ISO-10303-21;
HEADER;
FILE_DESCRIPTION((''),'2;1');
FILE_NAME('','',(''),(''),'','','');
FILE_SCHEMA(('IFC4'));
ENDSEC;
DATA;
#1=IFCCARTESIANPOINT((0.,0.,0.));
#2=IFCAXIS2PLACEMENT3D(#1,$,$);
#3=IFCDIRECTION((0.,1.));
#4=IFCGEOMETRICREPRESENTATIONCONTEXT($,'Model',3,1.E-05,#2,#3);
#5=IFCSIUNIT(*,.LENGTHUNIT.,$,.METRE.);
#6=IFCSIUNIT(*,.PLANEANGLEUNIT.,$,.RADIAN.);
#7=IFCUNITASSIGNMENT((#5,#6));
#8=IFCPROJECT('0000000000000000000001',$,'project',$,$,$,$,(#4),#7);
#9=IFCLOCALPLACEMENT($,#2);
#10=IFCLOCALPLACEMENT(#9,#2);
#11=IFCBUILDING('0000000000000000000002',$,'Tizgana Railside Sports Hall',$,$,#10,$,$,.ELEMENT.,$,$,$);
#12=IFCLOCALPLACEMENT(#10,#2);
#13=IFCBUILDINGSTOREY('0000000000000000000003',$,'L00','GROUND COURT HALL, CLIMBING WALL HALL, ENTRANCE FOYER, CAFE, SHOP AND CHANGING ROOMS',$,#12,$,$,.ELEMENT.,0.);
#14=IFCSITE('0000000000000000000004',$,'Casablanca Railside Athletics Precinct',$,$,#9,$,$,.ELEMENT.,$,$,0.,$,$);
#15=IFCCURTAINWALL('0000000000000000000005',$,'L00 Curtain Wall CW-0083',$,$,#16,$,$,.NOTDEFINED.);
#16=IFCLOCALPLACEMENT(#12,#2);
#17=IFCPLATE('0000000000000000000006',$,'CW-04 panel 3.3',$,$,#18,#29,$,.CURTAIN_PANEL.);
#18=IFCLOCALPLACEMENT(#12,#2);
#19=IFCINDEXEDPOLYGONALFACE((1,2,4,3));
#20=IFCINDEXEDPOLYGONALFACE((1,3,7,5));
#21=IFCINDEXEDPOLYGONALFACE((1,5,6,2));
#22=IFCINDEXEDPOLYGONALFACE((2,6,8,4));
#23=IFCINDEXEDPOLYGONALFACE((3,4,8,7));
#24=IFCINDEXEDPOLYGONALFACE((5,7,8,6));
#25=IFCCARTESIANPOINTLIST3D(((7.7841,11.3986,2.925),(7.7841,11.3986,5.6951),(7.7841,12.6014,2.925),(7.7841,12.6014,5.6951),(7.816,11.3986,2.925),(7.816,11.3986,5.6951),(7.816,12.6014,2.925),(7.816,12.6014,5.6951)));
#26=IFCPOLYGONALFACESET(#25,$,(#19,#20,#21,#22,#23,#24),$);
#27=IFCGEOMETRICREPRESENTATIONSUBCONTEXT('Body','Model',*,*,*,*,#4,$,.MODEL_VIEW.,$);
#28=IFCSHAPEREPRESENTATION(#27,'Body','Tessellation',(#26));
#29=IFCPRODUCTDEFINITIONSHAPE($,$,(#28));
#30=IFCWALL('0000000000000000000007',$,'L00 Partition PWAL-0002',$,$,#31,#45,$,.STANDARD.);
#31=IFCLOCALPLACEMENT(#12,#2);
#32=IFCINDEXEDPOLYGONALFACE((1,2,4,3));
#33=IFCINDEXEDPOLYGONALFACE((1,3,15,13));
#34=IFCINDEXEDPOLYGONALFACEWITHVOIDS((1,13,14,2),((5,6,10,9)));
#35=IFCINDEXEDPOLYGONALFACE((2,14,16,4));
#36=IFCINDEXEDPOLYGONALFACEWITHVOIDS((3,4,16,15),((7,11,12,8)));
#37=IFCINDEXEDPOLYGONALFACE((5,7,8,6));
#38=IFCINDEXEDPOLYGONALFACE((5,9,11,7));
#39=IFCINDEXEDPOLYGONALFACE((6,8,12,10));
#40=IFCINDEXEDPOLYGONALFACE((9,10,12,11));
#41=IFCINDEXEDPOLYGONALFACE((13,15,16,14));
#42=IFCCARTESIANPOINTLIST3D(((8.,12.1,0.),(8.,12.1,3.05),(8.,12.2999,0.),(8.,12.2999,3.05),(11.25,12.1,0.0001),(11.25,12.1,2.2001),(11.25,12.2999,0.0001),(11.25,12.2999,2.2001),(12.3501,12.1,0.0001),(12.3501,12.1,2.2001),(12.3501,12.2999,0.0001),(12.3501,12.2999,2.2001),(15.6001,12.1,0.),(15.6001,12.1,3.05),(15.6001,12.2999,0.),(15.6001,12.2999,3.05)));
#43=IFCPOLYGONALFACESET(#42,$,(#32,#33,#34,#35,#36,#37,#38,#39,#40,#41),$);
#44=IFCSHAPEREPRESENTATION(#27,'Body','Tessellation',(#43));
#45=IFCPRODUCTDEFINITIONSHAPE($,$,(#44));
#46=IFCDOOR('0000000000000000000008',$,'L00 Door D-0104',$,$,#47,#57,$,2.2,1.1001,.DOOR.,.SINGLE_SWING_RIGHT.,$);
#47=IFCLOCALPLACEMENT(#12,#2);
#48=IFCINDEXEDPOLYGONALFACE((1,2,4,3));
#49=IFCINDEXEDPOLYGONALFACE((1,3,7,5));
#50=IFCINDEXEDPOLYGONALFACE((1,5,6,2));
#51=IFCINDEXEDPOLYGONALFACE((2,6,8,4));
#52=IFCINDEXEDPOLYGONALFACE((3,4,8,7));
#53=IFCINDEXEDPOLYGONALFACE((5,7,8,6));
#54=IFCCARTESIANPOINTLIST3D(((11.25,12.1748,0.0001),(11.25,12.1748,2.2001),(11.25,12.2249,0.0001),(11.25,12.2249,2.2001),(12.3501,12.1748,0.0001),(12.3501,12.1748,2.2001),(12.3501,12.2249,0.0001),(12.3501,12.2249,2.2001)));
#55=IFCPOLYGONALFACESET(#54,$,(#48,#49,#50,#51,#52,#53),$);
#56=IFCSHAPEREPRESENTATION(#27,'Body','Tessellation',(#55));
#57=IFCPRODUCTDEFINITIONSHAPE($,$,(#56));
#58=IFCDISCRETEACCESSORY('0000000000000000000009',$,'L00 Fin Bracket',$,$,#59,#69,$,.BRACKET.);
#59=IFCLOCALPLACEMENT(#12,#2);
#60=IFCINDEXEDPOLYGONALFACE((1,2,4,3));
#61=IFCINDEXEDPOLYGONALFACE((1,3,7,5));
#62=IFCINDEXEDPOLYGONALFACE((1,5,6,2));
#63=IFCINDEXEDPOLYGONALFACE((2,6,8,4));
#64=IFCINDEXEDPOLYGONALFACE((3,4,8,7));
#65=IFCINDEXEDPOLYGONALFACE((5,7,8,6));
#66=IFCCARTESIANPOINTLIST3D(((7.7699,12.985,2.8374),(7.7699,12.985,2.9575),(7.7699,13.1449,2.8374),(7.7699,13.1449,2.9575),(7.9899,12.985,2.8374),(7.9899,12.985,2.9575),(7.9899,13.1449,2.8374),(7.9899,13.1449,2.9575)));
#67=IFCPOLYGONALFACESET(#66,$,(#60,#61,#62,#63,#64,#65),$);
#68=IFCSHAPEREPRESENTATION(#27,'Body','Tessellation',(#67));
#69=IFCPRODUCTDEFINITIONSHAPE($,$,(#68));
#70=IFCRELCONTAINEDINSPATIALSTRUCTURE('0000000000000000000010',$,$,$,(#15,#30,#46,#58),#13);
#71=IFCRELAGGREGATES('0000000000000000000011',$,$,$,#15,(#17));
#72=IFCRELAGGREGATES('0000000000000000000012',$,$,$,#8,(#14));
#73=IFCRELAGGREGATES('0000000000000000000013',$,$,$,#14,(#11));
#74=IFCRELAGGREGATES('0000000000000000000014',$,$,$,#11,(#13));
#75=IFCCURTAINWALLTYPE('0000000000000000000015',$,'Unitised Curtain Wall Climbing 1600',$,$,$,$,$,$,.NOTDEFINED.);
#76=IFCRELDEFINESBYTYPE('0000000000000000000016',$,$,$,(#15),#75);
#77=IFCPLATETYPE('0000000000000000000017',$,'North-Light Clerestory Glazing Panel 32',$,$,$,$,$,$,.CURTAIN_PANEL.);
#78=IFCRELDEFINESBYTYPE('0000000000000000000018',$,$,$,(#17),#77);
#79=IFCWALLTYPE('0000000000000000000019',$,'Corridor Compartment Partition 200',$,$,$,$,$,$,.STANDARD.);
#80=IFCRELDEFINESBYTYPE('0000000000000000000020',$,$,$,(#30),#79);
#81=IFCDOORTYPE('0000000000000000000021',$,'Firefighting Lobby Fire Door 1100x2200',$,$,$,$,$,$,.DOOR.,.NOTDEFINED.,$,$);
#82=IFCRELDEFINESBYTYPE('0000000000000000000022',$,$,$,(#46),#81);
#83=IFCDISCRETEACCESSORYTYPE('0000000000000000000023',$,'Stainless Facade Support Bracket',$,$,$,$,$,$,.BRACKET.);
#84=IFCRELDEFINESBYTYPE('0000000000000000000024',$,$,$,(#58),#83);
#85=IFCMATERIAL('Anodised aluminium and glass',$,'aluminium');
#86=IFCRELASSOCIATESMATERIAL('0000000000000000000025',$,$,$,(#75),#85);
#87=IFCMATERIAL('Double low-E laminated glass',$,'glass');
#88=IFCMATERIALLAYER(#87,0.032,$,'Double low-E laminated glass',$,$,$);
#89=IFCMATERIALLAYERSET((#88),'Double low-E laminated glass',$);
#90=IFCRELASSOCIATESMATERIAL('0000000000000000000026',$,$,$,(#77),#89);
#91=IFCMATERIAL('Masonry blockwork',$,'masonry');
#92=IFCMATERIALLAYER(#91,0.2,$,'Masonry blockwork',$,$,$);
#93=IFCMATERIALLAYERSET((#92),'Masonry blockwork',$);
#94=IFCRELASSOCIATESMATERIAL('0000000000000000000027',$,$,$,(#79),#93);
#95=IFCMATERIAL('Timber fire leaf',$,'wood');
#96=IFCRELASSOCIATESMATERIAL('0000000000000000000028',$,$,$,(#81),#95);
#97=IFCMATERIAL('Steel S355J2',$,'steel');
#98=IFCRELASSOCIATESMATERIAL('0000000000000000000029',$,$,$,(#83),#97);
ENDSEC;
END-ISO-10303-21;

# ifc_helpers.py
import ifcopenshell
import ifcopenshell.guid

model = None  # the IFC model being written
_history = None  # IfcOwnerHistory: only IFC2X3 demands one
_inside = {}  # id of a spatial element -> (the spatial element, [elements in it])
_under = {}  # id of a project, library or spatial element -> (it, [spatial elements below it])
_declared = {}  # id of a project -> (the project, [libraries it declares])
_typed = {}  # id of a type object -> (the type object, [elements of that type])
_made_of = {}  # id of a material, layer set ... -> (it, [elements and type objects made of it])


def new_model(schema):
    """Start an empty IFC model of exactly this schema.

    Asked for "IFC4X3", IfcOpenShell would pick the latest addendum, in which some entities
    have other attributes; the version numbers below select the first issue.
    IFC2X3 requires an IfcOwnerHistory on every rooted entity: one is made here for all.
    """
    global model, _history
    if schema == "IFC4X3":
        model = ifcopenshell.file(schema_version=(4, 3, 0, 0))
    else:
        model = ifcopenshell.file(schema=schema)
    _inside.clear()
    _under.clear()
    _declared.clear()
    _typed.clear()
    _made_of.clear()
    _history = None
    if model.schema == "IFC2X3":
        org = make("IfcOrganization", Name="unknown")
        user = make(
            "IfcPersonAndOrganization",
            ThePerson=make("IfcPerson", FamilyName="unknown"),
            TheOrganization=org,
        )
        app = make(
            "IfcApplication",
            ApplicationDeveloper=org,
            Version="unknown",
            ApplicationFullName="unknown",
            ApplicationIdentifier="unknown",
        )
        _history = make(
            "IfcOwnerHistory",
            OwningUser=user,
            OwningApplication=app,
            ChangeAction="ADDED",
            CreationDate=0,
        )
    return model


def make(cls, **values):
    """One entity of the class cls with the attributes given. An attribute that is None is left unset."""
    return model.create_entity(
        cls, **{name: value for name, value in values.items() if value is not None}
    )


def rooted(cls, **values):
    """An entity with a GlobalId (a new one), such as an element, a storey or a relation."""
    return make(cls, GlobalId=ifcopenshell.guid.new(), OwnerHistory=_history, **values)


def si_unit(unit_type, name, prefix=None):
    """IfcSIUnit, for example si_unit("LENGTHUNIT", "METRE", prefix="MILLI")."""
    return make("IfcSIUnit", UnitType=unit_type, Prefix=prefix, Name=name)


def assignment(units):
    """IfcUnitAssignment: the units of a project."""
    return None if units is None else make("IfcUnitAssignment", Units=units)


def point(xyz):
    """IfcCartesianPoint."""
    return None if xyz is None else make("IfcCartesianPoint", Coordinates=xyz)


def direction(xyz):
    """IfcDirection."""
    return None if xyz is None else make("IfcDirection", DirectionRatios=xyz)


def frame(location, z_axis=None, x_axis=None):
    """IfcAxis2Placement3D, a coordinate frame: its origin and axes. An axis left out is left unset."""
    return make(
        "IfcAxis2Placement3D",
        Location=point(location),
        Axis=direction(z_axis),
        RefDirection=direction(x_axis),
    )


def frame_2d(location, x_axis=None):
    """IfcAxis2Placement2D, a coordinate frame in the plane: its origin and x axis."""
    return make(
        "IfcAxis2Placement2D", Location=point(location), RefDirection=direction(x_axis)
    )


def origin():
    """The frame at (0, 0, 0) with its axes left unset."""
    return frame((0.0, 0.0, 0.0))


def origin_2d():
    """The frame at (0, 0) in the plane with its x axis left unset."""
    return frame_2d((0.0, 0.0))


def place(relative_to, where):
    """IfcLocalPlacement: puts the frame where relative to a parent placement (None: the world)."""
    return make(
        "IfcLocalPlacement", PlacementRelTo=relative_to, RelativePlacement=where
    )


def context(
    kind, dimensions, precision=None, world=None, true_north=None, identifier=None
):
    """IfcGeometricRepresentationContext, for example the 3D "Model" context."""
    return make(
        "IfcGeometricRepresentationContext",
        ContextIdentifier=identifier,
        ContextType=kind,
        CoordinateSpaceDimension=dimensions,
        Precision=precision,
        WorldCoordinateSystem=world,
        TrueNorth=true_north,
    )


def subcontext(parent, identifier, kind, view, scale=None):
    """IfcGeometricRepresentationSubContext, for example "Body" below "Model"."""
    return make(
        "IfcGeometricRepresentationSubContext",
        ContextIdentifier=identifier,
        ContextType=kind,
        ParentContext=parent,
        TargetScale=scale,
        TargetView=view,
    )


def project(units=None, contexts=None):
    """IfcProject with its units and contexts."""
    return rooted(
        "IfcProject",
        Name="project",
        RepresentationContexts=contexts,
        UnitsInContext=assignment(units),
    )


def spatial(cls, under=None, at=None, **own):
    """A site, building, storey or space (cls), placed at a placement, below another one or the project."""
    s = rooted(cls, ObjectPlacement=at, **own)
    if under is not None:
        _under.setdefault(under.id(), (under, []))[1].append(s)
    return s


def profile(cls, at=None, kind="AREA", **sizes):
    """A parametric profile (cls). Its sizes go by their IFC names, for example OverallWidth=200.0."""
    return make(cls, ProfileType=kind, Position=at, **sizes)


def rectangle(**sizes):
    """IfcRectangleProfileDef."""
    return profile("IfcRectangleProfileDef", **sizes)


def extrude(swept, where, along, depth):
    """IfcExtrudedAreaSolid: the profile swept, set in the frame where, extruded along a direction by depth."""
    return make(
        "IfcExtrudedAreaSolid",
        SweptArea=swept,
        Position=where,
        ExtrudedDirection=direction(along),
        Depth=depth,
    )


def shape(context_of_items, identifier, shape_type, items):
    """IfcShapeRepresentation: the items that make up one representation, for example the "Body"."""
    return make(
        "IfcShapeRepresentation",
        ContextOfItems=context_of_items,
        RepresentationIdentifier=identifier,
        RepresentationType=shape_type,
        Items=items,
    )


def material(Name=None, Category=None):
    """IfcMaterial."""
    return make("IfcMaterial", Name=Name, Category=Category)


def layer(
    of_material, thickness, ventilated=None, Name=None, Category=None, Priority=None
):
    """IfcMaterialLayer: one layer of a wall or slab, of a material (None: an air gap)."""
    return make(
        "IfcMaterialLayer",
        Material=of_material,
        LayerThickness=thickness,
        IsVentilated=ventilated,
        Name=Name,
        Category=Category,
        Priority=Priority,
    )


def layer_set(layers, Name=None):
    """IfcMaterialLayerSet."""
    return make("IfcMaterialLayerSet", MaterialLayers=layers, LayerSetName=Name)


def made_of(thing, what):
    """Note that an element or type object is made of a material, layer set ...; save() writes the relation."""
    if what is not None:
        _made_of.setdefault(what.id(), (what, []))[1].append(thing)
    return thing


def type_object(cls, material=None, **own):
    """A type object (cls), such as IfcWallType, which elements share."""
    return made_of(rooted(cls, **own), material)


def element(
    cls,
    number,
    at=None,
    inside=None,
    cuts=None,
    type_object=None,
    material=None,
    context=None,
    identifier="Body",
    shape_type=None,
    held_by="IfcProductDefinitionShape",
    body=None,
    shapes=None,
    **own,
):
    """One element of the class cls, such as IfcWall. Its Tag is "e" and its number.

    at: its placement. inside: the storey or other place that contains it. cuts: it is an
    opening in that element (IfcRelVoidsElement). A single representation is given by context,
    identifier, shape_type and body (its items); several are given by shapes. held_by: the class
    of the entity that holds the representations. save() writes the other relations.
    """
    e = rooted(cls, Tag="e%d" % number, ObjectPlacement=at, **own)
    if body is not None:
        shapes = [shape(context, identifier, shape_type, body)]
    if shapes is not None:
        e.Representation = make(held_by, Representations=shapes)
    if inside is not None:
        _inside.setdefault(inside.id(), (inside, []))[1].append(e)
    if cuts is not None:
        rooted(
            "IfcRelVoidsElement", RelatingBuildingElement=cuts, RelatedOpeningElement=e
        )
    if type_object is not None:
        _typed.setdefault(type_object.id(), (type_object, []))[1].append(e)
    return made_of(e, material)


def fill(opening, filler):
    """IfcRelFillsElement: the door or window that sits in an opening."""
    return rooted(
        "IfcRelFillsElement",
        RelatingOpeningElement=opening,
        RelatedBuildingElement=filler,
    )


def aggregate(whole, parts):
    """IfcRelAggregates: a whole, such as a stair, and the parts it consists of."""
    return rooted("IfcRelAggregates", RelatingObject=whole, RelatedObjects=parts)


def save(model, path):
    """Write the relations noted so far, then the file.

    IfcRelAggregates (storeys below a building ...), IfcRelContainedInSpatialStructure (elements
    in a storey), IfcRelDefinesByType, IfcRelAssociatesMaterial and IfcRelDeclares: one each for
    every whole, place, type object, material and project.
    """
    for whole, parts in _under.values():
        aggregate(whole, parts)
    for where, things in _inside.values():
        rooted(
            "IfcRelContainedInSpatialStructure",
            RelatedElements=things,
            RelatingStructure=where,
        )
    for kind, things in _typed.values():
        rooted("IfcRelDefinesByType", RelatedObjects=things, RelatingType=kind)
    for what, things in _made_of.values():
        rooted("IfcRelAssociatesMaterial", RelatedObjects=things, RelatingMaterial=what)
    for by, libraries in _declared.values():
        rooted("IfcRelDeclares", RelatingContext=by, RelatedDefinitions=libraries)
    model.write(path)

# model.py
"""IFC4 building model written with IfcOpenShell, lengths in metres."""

from ifc_helpers import new_model, si_unit, direction, frame, frame_2d, origin, origin_2d, place, context, subcontext, project, spatial, rectangle, extrude, material, layer, layer_set, type_object, element, fill, aggregate, save


model = new_model("IFC4")

# Units and contexts
model_context = context("Model", 3, precision=1e-05, world=origin(), true_north=direction((0.0, 1.0)))
body_context = subcontext(model_context, "Body", "Model", "MODEL_VIEW")
ifc_project = project(units=[si_unit("LENGTHUNIT", "METRE"), si_unit("PLANEANGLEUNIT", "RADIAN")], contexts=[model_context])

# Site, building, storey
site_placement = place(None, origin())
site = spatial("IfcSite", under=ifc_project, at=site_placement, Name="Casablanca Railside Athletics Precinct", CompositionType="ELEMENT", RefElevation=0.0)
building_placement = place(site_placement, origin())
building = spatial("IfcBuilding", under=site, at=building_placement, Name="Tizgana Railside Sports Hall", CompositionType="ELEMENT")
storey_placement = place(building_placement, origin())
storey = spatial("IfcBuildingStorey", under=building, at=storey_placement, Name="L00", Description="GROUND COURT HALL, CLIMBING WALL HALL, ENTRANCE FOYER, CAFE, SHOP AND CHANGING ROOMS", CompositionType="ELEMENT", Elevation=0.0)

# Curtain wall
ifc_material_1 = material(Name="Anodised aluminium and glass", Category="aluminium")
curtain_wall_type = type_object("IfcCurtainWallType", Name="Unitised Curtain Wall Climbing 1600", PredefinedType="NOTDEFINED", material=ifc_material_1)
curtain_wall_placement = place(storey_placement, origin())
curtain_wall = element("IfcCurtainWall", 1, at=curtain_wall_placement, inside=storey, type_object=curtain_wall_type, Name="L00 Curtain Wall CW-0083", PredefinedType="NOTDEFINED")

# Shared definitions
ifc_material_2 = material(Name="Steel S355J2", Category="steel")

# Plate
ifc_material_3 = material(Name="Double low-E laminated glass", Category="glass")
ifc_layer_1 = layer(ifc_material_3, 0.032, Name="Double low-E laminated glass")
ifc_layer_set_1 = layer_set([ifc_layer_1], Name="Double low-E laminated glass")
plate_type = type_object("IfcPlateType", Name="North-Light Clerestory Glazing Panel 32", PredefinedType="CURTAIN_PANEL", material=ifc_layer_set_1)
plate_1_placement = place(storey_placement, frame((7.8, 12.0, 2.925), z_axis=(0.0, 0.0, 1.0), x_axis=(0.0, -1.0, 0.0)))
plate_1 = element("IfcPlate", 2, at=plate_1_placement, type_object=plate_type, Name="CW-04 panel 3.3", PredefinedType="CURTAIN_PANEL", context=body_context, shape_type="SweptSolid", body=[
    extrude(rectangle(XDim=1.2029, YDim=0.032, at=origin_2d()), origin(), (0.0, 0.0, 1.0), 2.77),
])
aggregate(curtain_wall, [plate_1])

# Wall, opening, door
ifc_material_4 = material(Name="Masonry blockwork", Category="masonry")
ifc_layer_2 = layer(ifc_material_4, 0.2, Name="Masonry blockwork")
ifc_layer_set_2 = layer_set([ifc_layer_2], Name="Masonry blockwork")
wall_type = type_object("IfcWallType", Name="Corridor Compartment Partition 200", PredefinedType="STANDARD", material=ifc_layer_set_2)
wall_placement = place(storey_placement, frame((8.0, 12.2, 0.0), z_axis=(0.0, 0.0, 1.0), x_axis=(1.0, 0.0, 0.0)))
wall = element("IfcWall", 3, at=wall_placement, inside=storey, type_object=wall_type, Name="L00 Partition PWAL-0002", PredefinedType="STANDARD", context=body_context, shape_type="SweptSolid", body=[
    extrude(rectangle(XDim=7.6001, YDim=0.2, at=frame_2d((3.8, 0.0))), origin(), (0.0, 0.0, 1.0), 3.05),
])
opening_placement = place(wall_placement, frame((3.25, 0.0, 0.0)))
opening = element("IfcOpeningElement", 4, at=opening_placement, cuts=wall, PredefinedType="OPENING", context=body_context, shape_type="SweptSolid", body=[
    extrude(rectangle(XDim=1.1001, YDim=2.2, at=frame_2d((0.55, 1.1001))), frame((0.0, 0.1099, 0.0), z_axis=(0.0, -1.0, 0.0), x_axis=(1.0, 0.0, 0.0)), (0.0, 0.0, 1.0), 0.22),
])
ifc_material_5 = material(Name="Timber fire leaf", Category="wood")
door_type = type_object("IfcDoorType", Name="Firefighting Lobby Fire Door 1100x2200", OperationType="NOTDEFINED", PredefinedType="DOOR", material=ifc_material_5)
door_placement = place(opening_placement, origin())
door = element("IfcDoor", 5, at=door_placement, inside=storey, type_object=door_type, Name="L00 Door D-0104", OperationType="SINGLE_SWING_RIGHT", OverallHeight=2.2, OverallWidth=1.1001, PredefinedType="DOOR", context=body_context, shape_type="SweptSolid", body=[
    extrude(rectangle(XDim=1.1001, YDim=2.2, at=frame_2d((0.55, 1.1001))), frame((0.0, 0.0249, 0.0), z_axis=(0.0, -1.0, 0.0), x_axis=(1.0, 0.0, 0.0)), (0.0, 0.0, 1.0), 0.05),
])
fill(opening, door)

# Discrete accessory
discrete_accessory_type = type_object("IfcDiscreteAccessoryType", Name="Stainless Facade Support Bracket", PredefinedType="BRACKET", material=ifc_material_2)
discrete_accessory_placement = place(storey_placement, frame((7.8799, 13.0649, 2.8374), z_axis=(0.0, 0.0, 1.0), x_axis=(0.0, -1.0, 0.0)))
element("IfcDiscreteAccessory", 6, at=discrete_accessory_placement, inside=storey, type_object=discrete_accessory_type, Name="L00 Fin Bracket", PredefinedType="BRACKET", context=body_context, shape_type="SweptSolid", body=[
    extrude(rectangle(XDim=0.1599, YDim=0.22, at=origin_2d()), origin(), (0.0, 0.0, 1.0), 0.1201),
])

save(model, "model.ifc")
